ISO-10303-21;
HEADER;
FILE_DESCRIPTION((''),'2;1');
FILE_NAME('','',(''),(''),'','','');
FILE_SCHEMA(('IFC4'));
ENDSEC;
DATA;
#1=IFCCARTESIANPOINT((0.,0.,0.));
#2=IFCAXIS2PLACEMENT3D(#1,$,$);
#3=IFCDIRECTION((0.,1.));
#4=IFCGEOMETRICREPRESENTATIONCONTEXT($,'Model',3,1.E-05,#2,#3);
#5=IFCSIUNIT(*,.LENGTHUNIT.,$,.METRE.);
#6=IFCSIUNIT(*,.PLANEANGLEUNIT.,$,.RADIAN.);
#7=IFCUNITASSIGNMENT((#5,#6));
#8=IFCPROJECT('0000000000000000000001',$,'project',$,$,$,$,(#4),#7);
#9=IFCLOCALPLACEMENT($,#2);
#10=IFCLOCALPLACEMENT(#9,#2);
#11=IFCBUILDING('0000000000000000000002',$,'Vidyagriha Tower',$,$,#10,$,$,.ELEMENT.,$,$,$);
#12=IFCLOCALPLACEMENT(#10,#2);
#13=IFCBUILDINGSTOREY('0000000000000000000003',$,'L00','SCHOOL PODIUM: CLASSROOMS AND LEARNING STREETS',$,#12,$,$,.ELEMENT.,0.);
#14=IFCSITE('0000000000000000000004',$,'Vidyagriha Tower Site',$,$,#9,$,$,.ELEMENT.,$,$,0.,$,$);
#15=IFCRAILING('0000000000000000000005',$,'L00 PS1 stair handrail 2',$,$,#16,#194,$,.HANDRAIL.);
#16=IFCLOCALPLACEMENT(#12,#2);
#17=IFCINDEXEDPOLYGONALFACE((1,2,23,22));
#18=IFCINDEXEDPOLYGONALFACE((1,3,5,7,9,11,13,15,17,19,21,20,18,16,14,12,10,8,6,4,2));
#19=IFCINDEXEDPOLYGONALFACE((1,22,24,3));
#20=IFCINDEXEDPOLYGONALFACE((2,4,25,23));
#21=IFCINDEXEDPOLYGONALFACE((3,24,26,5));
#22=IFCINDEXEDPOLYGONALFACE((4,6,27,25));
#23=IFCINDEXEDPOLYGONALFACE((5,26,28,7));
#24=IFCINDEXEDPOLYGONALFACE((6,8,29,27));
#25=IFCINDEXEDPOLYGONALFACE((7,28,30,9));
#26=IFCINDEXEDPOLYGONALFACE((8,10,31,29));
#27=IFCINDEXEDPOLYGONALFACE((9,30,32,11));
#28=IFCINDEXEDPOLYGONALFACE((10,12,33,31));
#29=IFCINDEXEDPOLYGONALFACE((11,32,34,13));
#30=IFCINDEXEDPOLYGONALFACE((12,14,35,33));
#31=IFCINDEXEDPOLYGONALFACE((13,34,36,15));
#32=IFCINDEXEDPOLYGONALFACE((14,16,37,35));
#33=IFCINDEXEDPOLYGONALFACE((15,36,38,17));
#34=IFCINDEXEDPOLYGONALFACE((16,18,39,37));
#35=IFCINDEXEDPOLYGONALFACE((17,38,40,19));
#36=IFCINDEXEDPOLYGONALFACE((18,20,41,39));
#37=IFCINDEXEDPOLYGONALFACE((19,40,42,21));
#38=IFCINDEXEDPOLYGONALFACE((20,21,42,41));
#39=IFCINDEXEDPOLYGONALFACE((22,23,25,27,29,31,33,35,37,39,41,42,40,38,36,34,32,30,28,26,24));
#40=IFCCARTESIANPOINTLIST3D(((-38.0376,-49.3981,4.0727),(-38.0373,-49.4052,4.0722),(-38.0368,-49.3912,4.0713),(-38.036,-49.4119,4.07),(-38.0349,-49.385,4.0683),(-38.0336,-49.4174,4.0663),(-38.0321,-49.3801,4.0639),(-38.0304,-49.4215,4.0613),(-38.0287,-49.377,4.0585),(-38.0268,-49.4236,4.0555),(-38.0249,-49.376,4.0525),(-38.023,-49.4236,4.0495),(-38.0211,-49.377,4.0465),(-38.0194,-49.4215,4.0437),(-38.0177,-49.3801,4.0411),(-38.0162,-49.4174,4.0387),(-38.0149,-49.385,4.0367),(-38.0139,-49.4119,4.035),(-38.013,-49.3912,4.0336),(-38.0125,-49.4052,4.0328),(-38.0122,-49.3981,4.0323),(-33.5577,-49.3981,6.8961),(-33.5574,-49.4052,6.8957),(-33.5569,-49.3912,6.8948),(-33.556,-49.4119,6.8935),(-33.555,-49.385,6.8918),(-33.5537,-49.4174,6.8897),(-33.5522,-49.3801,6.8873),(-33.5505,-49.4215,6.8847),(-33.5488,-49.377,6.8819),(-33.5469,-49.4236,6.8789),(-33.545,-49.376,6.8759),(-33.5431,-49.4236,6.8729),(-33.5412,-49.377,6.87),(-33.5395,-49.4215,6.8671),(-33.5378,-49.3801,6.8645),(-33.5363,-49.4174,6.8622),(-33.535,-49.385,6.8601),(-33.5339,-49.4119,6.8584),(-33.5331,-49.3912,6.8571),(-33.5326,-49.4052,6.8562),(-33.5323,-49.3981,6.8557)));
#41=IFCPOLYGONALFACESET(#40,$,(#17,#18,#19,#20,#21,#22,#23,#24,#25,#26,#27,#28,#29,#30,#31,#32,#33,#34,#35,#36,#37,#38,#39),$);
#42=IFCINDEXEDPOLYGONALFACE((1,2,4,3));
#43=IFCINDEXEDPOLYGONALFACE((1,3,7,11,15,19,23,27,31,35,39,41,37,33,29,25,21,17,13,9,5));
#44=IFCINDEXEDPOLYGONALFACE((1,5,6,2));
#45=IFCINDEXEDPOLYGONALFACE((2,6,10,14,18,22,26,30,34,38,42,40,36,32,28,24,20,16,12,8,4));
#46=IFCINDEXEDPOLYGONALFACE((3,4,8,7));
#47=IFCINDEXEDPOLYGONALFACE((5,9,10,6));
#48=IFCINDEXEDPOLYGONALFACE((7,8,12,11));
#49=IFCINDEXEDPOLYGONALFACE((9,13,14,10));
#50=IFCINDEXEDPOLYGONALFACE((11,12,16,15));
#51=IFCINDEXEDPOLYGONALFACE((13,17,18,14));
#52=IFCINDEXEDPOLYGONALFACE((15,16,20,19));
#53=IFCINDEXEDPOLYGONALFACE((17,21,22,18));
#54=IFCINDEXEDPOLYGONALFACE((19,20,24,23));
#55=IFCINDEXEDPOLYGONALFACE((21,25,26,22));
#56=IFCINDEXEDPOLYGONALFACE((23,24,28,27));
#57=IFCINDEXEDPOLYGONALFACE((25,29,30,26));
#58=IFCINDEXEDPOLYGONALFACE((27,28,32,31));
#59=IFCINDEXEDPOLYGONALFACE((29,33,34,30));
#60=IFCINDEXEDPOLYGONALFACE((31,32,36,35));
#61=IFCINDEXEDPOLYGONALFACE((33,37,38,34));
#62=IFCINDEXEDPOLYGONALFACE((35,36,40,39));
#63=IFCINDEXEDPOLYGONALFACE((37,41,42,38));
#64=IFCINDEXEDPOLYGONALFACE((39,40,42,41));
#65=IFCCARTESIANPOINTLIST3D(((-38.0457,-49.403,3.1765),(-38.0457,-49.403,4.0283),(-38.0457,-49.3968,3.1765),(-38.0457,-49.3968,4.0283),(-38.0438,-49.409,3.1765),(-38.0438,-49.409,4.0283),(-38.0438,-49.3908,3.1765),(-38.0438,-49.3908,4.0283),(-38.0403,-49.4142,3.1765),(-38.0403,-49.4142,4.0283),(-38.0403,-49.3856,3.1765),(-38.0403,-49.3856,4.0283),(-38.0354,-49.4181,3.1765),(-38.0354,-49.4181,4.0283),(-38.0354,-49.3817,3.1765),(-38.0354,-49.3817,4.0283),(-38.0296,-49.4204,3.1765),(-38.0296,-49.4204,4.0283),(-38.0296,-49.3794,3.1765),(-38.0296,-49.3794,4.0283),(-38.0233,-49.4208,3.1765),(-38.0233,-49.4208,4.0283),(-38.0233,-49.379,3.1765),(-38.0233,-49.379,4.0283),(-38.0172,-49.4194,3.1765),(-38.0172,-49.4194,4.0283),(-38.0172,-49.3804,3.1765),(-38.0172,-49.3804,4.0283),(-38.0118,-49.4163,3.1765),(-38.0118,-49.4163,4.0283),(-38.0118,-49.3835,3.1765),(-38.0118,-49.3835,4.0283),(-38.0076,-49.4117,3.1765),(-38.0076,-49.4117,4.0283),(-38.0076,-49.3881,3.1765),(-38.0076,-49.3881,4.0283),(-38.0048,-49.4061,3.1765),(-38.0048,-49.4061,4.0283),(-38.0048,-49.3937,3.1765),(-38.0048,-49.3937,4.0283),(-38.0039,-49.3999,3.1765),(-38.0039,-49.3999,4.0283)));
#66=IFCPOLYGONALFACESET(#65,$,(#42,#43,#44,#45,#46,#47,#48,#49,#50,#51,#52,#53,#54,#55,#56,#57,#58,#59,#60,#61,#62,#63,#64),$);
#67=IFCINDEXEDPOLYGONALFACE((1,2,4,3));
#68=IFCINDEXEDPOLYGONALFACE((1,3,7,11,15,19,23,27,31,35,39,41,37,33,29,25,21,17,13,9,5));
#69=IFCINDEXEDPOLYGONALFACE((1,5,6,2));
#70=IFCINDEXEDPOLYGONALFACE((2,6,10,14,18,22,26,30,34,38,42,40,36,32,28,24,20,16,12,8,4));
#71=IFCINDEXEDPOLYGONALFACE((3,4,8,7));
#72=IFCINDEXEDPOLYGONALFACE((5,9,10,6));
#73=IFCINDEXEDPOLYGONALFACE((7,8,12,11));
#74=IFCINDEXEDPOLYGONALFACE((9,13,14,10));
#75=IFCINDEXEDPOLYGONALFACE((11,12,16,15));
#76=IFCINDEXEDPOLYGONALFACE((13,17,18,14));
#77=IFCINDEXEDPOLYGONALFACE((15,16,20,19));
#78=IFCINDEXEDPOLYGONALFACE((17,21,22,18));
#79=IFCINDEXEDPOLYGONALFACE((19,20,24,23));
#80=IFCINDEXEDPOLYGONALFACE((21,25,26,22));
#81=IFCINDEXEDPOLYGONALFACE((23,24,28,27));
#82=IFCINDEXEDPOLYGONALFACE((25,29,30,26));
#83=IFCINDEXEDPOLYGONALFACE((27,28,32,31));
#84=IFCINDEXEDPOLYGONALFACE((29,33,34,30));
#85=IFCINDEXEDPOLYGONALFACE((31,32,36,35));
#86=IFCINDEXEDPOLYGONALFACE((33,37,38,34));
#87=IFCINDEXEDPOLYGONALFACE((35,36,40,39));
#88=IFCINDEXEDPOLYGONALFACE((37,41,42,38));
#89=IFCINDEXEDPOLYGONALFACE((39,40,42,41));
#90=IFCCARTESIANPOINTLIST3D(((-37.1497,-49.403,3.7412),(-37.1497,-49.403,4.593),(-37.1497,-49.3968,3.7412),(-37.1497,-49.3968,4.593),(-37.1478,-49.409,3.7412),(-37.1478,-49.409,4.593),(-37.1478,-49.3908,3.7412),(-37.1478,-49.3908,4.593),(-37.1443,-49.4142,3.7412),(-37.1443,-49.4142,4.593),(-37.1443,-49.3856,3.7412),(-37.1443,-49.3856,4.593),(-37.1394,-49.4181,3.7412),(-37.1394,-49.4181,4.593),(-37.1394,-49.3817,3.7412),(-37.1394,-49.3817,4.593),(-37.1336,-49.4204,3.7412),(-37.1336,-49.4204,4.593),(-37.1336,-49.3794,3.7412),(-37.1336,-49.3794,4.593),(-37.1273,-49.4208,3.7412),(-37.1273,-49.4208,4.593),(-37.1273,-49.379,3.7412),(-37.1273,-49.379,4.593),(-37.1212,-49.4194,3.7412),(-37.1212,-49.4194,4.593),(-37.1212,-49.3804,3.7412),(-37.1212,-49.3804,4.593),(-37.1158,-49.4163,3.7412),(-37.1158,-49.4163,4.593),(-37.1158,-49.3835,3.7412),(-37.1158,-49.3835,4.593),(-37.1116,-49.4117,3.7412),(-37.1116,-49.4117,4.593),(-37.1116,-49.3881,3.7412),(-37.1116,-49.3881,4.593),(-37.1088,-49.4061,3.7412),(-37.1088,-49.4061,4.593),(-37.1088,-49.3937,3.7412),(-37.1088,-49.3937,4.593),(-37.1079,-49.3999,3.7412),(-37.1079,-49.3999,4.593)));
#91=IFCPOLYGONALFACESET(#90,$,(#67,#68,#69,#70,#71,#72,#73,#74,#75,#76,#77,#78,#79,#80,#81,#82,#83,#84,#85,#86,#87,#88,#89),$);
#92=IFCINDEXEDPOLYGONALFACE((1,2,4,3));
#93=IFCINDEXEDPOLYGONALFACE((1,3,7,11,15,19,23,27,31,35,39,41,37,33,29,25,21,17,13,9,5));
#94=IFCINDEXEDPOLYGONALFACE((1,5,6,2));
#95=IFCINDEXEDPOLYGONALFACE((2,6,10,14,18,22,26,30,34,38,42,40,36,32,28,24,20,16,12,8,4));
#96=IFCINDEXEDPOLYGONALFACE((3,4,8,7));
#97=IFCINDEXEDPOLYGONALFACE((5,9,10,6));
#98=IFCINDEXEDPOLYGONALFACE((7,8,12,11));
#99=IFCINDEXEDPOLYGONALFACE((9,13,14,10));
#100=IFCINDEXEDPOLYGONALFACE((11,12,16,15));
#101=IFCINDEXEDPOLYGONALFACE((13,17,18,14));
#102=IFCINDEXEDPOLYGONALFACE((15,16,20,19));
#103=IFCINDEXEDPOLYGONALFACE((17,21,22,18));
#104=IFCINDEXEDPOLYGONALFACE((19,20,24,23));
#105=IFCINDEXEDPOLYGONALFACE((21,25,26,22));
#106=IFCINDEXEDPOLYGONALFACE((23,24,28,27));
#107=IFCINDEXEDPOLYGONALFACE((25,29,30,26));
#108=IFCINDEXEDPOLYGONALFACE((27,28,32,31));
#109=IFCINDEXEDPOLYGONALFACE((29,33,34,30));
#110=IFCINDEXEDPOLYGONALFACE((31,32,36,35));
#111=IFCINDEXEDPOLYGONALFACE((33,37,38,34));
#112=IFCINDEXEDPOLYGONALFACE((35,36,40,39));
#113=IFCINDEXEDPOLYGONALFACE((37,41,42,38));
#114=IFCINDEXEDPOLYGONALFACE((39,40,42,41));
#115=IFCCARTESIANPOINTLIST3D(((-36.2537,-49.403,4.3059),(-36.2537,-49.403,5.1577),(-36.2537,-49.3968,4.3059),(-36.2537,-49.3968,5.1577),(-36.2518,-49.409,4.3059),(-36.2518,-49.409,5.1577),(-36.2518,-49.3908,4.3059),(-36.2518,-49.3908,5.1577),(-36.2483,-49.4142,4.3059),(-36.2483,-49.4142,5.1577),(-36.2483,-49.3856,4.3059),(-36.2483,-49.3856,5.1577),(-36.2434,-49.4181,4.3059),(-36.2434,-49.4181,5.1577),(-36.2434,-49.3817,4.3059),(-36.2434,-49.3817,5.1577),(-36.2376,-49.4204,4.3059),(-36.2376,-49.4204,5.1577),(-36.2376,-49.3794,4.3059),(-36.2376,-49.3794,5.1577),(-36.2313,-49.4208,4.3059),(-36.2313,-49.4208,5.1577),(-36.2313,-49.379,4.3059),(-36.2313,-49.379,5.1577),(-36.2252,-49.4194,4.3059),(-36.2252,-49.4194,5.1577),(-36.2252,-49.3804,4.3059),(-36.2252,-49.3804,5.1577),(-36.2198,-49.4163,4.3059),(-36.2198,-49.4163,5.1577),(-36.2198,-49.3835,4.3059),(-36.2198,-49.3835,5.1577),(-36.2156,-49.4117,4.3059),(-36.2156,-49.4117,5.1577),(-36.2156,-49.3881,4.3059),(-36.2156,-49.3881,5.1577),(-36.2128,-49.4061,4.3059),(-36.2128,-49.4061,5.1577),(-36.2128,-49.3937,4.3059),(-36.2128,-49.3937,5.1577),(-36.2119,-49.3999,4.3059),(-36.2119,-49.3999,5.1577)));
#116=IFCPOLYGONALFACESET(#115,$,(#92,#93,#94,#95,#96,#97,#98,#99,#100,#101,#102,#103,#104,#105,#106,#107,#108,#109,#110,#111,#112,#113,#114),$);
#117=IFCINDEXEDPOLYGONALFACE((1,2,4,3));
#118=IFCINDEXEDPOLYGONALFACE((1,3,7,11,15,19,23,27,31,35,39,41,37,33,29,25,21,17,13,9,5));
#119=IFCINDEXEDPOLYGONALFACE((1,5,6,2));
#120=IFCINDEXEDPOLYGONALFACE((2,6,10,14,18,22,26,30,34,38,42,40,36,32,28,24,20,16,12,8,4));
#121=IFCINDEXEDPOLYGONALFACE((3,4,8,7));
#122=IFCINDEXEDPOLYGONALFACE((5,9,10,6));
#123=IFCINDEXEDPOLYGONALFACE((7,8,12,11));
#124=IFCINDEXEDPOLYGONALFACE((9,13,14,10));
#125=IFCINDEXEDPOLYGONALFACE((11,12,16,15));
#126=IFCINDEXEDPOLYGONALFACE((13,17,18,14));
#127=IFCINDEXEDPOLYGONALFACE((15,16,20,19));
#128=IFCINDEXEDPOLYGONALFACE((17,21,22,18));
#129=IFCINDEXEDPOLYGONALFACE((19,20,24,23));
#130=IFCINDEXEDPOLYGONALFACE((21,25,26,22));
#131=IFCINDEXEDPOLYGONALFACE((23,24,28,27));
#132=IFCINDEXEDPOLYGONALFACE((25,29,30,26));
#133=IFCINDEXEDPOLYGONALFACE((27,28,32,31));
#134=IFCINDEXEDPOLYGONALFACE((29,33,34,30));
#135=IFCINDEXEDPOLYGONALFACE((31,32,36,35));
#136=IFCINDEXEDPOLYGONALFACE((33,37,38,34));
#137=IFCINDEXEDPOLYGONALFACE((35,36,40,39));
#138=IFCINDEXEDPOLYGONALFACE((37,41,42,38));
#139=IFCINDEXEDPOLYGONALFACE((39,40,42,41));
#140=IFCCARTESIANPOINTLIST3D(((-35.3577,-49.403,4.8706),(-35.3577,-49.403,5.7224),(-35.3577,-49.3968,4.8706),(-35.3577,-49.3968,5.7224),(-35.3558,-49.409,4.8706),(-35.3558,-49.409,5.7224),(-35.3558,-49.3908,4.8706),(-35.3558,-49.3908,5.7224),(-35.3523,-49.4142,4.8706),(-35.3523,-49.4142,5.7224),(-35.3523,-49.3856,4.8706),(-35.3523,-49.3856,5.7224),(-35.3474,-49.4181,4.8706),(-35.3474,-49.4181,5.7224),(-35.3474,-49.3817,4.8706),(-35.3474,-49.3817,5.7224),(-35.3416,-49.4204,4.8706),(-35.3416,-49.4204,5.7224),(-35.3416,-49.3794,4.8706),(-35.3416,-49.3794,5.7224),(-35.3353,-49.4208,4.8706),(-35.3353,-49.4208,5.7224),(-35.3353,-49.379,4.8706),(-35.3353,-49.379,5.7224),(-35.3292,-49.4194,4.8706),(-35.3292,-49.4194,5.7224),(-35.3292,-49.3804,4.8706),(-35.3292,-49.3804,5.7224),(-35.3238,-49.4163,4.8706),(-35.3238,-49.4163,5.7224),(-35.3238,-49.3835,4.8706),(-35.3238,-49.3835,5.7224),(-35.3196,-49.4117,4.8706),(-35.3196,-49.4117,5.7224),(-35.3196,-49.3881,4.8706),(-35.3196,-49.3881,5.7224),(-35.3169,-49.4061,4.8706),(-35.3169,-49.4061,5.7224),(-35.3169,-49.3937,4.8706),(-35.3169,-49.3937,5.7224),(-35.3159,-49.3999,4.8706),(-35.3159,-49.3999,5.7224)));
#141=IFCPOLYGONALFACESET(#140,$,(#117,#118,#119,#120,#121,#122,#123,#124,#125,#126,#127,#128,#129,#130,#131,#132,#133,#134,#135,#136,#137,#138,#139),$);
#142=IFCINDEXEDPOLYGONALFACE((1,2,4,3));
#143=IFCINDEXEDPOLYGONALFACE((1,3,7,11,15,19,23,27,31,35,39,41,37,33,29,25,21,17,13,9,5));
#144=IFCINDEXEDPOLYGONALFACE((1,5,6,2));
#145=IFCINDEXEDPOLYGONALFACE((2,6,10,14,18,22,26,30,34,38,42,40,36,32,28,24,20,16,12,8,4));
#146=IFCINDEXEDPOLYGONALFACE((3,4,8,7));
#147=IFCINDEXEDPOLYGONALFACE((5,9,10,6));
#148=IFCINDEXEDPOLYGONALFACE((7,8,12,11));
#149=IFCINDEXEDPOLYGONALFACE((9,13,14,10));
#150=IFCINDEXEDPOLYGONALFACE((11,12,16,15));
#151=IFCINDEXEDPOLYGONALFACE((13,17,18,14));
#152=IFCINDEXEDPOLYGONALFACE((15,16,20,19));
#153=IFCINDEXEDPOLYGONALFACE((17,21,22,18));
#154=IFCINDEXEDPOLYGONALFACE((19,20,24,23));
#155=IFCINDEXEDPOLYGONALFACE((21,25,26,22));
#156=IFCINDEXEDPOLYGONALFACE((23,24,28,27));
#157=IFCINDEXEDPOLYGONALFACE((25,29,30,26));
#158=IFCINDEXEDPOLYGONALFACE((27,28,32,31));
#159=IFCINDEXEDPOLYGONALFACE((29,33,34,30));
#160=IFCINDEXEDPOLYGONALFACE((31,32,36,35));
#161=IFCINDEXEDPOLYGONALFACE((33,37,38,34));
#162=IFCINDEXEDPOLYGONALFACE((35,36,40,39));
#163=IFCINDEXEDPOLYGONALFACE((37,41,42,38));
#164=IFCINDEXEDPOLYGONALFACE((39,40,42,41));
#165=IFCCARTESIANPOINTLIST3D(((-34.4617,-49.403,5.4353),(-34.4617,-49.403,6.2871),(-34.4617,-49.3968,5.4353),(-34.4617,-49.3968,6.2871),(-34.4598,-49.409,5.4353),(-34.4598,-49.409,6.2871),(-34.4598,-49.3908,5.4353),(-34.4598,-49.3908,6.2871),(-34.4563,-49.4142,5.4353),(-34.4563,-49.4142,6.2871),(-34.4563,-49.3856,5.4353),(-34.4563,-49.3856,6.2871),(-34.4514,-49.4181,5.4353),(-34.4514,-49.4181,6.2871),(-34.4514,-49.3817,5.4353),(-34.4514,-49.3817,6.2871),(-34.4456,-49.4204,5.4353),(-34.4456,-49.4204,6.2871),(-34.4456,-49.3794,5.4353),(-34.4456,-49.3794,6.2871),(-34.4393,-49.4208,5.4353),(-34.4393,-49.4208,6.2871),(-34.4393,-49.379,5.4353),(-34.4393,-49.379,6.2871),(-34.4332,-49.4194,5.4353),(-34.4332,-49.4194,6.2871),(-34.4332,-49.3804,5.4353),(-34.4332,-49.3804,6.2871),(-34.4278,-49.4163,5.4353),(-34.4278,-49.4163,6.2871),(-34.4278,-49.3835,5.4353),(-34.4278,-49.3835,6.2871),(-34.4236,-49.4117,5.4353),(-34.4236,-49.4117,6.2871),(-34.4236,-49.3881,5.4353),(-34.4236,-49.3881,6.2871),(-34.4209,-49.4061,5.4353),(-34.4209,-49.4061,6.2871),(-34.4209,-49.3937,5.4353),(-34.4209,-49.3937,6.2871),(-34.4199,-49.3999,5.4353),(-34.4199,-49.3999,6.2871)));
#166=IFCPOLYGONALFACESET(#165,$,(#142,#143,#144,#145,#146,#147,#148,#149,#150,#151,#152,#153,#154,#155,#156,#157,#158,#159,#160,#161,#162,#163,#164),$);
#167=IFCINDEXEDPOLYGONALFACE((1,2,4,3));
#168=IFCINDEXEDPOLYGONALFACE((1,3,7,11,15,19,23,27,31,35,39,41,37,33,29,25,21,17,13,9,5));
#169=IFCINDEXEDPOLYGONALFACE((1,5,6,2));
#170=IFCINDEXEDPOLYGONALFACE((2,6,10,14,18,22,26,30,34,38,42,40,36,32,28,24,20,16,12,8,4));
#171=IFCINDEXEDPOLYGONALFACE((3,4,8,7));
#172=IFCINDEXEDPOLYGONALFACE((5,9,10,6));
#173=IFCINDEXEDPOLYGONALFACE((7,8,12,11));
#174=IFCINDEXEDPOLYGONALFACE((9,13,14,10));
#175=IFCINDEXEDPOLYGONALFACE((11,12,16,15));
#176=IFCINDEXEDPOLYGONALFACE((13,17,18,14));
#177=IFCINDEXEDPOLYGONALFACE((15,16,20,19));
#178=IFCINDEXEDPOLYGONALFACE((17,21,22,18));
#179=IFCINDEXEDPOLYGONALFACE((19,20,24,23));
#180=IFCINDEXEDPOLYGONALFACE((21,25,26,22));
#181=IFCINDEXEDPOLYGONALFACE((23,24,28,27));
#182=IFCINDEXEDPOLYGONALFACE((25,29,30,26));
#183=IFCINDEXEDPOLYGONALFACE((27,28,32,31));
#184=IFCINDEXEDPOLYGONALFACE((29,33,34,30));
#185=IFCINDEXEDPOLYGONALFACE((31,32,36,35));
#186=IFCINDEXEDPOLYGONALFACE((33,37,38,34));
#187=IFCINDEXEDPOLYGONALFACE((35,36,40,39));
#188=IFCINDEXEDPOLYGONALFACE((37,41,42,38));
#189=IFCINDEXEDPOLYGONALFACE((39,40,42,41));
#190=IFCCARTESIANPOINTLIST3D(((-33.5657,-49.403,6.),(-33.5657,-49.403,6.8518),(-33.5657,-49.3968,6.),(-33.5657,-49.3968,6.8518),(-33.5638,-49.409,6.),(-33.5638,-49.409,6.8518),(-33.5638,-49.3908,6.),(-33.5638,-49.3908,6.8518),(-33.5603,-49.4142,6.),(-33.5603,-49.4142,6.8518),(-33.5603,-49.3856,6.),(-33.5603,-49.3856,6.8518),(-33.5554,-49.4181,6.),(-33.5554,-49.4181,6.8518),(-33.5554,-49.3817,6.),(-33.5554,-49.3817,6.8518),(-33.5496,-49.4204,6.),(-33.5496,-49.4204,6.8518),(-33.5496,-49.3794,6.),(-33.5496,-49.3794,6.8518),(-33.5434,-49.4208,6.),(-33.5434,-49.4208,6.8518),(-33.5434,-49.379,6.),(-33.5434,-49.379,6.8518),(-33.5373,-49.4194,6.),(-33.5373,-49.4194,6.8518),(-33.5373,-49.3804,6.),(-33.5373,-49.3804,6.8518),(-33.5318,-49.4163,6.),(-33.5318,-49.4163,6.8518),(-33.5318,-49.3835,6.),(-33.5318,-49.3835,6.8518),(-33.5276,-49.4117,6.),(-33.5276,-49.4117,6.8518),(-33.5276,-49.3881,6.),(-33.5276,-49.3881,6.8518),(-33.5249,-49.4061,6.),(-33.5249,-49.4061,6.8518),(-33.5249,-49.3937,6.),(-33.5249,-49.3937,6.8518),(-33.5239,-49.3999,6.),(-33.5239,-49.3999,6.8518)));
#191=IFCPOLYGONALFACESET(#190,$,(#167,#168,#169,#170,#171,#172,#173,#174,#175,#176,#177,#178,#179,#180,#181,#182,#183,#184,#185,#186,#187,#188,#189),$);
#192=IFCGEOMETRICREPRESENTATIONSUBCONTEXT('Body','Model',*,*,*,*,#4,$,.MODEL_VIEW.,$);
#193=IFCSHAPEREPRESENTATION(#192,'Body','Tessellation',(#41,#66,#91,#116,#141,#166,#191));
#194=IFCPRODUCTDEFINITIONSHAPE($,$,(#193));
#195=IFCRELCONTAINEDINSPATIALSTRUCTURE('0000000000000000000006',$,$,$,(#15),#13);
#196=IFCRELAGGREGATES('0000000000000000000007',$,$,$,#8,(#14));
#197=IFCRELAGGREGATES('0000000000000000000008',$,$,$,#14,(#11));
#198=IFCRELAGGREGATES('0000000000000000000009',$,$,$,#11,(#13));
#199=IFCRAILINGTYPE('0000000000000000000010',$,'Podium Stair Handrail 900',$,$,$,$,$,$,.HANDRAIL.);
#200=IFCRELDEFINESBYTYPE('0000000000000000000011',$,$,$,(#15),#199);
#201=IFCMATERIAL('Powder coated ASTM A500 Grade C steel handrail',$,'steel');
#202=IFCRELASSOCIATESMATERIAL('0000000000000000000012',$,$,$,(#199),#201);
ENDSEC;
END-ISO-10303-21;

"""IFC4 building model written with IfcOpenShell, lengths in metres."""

from ifc_helpers import new_model, si_unit, direction, frame, origin, origin_2d, place, context, subcontext, project, spatial, circle, extrude, material, type_object, element, save


model = new_model("IFC4")

# Units and contexts
model_context = context("Model", 3, precision=1e-05, world=origin(), true_north=direction((0.0, 1.0)))
body_context = subcontext(model_context, "Body", "Model", "MODEL_VIEW")
ifc_project = project(units=[si_unit("LENGTHUNIT", "METRE"), si_unit("PLANEANGLEUNIT", "RADIAN")], contexts=[model_context])

# Site, building, storey
site_placement = place(None, origin())
site = spatial("IfcSite", under=ifc_project, at=site_placement, Name="Vidyagriha Tower Site", CompositionType="ELEMENT", RefElevation=0.0)
building_placement = place(site_placement, origin())
building = spatial("IfcBuilding", under=site, at=building_placement, Name="Vidyagriha Tower", CompositionType="ELEMENT")
storey_placement = place(building_placement, origin())
storey = spatial("IfcBuildingStorey", under=building, at=storey_placement, Name="L00", Description="SCHOOL PODIUM: CLASSROOMS AND LEARNING STREETS", CompositionType="ELEMENT", Elevation=0.0)

# Railing
ifc_material_1 = material(Name="Powder coated ASTM A500 Grade C steel handrail", Category="steel")
railing_type_1 = type_object("IfcRailingType", Name="Podium Stair Handrail 900", PredefinedType="HANDRAIL", material=ifc_material_1)
railing_1_placement = place(storey_placement, frame((-38.0249, -49.3999, 3.1765)))
element("IfcRailing", 1, at=railing_1_placement, inside=storey, type_object=railing_type_1, Name="L00 PS1 stair handrail 2", PredefinedType="HANDRAIL", context=body_context, shape_type="SweptSolid", body=[
    extrude(circle(Radius=0.0239, at=origin_2d()), frame((0.0, 0.0, 0.876), z_axis=(0.845998, 0.0, 0.533186), x_axis=(0.0, 1.0, 0.0)), (0.0, 0.0, 1.0), 5.2954),
    extrude(circle(Radius=0.021, at=origin_2d()), origin(), (0.0, 0.0, 1.0), 0.8518),
    extrude(circle(Radius=0.021, at=origin_2d()), frame((0.896, 0.0, 0.5647)), (0.0, 0.0, 1.0), 0.8518),
    extrude(circle(Radius=0.021, at=origin_2d()), frame((1.792, 0.0, 1.1294)), (0.0, 0.0, 1.0), 0.8518),
    extrude(circle(Radius=0.021, at=origin_2d()), frame((2.688, 0.0, 1.6941)), (0.0, 0.0, 1.0), 0.8518),
    extrude(circle(Radius=0.021, at=origin_2d()), frame((3.584, 0.0, 2.2588)), (0.0, 0.0, 1.0), 0.8518),
    extrude(circle(Radius=0.021, at=origin_2d()), frame((4.48, 0.0, 2.8235)), (0.0, 0.0, 1.0), 0.8518),
])

save(model, "model.ifc")
